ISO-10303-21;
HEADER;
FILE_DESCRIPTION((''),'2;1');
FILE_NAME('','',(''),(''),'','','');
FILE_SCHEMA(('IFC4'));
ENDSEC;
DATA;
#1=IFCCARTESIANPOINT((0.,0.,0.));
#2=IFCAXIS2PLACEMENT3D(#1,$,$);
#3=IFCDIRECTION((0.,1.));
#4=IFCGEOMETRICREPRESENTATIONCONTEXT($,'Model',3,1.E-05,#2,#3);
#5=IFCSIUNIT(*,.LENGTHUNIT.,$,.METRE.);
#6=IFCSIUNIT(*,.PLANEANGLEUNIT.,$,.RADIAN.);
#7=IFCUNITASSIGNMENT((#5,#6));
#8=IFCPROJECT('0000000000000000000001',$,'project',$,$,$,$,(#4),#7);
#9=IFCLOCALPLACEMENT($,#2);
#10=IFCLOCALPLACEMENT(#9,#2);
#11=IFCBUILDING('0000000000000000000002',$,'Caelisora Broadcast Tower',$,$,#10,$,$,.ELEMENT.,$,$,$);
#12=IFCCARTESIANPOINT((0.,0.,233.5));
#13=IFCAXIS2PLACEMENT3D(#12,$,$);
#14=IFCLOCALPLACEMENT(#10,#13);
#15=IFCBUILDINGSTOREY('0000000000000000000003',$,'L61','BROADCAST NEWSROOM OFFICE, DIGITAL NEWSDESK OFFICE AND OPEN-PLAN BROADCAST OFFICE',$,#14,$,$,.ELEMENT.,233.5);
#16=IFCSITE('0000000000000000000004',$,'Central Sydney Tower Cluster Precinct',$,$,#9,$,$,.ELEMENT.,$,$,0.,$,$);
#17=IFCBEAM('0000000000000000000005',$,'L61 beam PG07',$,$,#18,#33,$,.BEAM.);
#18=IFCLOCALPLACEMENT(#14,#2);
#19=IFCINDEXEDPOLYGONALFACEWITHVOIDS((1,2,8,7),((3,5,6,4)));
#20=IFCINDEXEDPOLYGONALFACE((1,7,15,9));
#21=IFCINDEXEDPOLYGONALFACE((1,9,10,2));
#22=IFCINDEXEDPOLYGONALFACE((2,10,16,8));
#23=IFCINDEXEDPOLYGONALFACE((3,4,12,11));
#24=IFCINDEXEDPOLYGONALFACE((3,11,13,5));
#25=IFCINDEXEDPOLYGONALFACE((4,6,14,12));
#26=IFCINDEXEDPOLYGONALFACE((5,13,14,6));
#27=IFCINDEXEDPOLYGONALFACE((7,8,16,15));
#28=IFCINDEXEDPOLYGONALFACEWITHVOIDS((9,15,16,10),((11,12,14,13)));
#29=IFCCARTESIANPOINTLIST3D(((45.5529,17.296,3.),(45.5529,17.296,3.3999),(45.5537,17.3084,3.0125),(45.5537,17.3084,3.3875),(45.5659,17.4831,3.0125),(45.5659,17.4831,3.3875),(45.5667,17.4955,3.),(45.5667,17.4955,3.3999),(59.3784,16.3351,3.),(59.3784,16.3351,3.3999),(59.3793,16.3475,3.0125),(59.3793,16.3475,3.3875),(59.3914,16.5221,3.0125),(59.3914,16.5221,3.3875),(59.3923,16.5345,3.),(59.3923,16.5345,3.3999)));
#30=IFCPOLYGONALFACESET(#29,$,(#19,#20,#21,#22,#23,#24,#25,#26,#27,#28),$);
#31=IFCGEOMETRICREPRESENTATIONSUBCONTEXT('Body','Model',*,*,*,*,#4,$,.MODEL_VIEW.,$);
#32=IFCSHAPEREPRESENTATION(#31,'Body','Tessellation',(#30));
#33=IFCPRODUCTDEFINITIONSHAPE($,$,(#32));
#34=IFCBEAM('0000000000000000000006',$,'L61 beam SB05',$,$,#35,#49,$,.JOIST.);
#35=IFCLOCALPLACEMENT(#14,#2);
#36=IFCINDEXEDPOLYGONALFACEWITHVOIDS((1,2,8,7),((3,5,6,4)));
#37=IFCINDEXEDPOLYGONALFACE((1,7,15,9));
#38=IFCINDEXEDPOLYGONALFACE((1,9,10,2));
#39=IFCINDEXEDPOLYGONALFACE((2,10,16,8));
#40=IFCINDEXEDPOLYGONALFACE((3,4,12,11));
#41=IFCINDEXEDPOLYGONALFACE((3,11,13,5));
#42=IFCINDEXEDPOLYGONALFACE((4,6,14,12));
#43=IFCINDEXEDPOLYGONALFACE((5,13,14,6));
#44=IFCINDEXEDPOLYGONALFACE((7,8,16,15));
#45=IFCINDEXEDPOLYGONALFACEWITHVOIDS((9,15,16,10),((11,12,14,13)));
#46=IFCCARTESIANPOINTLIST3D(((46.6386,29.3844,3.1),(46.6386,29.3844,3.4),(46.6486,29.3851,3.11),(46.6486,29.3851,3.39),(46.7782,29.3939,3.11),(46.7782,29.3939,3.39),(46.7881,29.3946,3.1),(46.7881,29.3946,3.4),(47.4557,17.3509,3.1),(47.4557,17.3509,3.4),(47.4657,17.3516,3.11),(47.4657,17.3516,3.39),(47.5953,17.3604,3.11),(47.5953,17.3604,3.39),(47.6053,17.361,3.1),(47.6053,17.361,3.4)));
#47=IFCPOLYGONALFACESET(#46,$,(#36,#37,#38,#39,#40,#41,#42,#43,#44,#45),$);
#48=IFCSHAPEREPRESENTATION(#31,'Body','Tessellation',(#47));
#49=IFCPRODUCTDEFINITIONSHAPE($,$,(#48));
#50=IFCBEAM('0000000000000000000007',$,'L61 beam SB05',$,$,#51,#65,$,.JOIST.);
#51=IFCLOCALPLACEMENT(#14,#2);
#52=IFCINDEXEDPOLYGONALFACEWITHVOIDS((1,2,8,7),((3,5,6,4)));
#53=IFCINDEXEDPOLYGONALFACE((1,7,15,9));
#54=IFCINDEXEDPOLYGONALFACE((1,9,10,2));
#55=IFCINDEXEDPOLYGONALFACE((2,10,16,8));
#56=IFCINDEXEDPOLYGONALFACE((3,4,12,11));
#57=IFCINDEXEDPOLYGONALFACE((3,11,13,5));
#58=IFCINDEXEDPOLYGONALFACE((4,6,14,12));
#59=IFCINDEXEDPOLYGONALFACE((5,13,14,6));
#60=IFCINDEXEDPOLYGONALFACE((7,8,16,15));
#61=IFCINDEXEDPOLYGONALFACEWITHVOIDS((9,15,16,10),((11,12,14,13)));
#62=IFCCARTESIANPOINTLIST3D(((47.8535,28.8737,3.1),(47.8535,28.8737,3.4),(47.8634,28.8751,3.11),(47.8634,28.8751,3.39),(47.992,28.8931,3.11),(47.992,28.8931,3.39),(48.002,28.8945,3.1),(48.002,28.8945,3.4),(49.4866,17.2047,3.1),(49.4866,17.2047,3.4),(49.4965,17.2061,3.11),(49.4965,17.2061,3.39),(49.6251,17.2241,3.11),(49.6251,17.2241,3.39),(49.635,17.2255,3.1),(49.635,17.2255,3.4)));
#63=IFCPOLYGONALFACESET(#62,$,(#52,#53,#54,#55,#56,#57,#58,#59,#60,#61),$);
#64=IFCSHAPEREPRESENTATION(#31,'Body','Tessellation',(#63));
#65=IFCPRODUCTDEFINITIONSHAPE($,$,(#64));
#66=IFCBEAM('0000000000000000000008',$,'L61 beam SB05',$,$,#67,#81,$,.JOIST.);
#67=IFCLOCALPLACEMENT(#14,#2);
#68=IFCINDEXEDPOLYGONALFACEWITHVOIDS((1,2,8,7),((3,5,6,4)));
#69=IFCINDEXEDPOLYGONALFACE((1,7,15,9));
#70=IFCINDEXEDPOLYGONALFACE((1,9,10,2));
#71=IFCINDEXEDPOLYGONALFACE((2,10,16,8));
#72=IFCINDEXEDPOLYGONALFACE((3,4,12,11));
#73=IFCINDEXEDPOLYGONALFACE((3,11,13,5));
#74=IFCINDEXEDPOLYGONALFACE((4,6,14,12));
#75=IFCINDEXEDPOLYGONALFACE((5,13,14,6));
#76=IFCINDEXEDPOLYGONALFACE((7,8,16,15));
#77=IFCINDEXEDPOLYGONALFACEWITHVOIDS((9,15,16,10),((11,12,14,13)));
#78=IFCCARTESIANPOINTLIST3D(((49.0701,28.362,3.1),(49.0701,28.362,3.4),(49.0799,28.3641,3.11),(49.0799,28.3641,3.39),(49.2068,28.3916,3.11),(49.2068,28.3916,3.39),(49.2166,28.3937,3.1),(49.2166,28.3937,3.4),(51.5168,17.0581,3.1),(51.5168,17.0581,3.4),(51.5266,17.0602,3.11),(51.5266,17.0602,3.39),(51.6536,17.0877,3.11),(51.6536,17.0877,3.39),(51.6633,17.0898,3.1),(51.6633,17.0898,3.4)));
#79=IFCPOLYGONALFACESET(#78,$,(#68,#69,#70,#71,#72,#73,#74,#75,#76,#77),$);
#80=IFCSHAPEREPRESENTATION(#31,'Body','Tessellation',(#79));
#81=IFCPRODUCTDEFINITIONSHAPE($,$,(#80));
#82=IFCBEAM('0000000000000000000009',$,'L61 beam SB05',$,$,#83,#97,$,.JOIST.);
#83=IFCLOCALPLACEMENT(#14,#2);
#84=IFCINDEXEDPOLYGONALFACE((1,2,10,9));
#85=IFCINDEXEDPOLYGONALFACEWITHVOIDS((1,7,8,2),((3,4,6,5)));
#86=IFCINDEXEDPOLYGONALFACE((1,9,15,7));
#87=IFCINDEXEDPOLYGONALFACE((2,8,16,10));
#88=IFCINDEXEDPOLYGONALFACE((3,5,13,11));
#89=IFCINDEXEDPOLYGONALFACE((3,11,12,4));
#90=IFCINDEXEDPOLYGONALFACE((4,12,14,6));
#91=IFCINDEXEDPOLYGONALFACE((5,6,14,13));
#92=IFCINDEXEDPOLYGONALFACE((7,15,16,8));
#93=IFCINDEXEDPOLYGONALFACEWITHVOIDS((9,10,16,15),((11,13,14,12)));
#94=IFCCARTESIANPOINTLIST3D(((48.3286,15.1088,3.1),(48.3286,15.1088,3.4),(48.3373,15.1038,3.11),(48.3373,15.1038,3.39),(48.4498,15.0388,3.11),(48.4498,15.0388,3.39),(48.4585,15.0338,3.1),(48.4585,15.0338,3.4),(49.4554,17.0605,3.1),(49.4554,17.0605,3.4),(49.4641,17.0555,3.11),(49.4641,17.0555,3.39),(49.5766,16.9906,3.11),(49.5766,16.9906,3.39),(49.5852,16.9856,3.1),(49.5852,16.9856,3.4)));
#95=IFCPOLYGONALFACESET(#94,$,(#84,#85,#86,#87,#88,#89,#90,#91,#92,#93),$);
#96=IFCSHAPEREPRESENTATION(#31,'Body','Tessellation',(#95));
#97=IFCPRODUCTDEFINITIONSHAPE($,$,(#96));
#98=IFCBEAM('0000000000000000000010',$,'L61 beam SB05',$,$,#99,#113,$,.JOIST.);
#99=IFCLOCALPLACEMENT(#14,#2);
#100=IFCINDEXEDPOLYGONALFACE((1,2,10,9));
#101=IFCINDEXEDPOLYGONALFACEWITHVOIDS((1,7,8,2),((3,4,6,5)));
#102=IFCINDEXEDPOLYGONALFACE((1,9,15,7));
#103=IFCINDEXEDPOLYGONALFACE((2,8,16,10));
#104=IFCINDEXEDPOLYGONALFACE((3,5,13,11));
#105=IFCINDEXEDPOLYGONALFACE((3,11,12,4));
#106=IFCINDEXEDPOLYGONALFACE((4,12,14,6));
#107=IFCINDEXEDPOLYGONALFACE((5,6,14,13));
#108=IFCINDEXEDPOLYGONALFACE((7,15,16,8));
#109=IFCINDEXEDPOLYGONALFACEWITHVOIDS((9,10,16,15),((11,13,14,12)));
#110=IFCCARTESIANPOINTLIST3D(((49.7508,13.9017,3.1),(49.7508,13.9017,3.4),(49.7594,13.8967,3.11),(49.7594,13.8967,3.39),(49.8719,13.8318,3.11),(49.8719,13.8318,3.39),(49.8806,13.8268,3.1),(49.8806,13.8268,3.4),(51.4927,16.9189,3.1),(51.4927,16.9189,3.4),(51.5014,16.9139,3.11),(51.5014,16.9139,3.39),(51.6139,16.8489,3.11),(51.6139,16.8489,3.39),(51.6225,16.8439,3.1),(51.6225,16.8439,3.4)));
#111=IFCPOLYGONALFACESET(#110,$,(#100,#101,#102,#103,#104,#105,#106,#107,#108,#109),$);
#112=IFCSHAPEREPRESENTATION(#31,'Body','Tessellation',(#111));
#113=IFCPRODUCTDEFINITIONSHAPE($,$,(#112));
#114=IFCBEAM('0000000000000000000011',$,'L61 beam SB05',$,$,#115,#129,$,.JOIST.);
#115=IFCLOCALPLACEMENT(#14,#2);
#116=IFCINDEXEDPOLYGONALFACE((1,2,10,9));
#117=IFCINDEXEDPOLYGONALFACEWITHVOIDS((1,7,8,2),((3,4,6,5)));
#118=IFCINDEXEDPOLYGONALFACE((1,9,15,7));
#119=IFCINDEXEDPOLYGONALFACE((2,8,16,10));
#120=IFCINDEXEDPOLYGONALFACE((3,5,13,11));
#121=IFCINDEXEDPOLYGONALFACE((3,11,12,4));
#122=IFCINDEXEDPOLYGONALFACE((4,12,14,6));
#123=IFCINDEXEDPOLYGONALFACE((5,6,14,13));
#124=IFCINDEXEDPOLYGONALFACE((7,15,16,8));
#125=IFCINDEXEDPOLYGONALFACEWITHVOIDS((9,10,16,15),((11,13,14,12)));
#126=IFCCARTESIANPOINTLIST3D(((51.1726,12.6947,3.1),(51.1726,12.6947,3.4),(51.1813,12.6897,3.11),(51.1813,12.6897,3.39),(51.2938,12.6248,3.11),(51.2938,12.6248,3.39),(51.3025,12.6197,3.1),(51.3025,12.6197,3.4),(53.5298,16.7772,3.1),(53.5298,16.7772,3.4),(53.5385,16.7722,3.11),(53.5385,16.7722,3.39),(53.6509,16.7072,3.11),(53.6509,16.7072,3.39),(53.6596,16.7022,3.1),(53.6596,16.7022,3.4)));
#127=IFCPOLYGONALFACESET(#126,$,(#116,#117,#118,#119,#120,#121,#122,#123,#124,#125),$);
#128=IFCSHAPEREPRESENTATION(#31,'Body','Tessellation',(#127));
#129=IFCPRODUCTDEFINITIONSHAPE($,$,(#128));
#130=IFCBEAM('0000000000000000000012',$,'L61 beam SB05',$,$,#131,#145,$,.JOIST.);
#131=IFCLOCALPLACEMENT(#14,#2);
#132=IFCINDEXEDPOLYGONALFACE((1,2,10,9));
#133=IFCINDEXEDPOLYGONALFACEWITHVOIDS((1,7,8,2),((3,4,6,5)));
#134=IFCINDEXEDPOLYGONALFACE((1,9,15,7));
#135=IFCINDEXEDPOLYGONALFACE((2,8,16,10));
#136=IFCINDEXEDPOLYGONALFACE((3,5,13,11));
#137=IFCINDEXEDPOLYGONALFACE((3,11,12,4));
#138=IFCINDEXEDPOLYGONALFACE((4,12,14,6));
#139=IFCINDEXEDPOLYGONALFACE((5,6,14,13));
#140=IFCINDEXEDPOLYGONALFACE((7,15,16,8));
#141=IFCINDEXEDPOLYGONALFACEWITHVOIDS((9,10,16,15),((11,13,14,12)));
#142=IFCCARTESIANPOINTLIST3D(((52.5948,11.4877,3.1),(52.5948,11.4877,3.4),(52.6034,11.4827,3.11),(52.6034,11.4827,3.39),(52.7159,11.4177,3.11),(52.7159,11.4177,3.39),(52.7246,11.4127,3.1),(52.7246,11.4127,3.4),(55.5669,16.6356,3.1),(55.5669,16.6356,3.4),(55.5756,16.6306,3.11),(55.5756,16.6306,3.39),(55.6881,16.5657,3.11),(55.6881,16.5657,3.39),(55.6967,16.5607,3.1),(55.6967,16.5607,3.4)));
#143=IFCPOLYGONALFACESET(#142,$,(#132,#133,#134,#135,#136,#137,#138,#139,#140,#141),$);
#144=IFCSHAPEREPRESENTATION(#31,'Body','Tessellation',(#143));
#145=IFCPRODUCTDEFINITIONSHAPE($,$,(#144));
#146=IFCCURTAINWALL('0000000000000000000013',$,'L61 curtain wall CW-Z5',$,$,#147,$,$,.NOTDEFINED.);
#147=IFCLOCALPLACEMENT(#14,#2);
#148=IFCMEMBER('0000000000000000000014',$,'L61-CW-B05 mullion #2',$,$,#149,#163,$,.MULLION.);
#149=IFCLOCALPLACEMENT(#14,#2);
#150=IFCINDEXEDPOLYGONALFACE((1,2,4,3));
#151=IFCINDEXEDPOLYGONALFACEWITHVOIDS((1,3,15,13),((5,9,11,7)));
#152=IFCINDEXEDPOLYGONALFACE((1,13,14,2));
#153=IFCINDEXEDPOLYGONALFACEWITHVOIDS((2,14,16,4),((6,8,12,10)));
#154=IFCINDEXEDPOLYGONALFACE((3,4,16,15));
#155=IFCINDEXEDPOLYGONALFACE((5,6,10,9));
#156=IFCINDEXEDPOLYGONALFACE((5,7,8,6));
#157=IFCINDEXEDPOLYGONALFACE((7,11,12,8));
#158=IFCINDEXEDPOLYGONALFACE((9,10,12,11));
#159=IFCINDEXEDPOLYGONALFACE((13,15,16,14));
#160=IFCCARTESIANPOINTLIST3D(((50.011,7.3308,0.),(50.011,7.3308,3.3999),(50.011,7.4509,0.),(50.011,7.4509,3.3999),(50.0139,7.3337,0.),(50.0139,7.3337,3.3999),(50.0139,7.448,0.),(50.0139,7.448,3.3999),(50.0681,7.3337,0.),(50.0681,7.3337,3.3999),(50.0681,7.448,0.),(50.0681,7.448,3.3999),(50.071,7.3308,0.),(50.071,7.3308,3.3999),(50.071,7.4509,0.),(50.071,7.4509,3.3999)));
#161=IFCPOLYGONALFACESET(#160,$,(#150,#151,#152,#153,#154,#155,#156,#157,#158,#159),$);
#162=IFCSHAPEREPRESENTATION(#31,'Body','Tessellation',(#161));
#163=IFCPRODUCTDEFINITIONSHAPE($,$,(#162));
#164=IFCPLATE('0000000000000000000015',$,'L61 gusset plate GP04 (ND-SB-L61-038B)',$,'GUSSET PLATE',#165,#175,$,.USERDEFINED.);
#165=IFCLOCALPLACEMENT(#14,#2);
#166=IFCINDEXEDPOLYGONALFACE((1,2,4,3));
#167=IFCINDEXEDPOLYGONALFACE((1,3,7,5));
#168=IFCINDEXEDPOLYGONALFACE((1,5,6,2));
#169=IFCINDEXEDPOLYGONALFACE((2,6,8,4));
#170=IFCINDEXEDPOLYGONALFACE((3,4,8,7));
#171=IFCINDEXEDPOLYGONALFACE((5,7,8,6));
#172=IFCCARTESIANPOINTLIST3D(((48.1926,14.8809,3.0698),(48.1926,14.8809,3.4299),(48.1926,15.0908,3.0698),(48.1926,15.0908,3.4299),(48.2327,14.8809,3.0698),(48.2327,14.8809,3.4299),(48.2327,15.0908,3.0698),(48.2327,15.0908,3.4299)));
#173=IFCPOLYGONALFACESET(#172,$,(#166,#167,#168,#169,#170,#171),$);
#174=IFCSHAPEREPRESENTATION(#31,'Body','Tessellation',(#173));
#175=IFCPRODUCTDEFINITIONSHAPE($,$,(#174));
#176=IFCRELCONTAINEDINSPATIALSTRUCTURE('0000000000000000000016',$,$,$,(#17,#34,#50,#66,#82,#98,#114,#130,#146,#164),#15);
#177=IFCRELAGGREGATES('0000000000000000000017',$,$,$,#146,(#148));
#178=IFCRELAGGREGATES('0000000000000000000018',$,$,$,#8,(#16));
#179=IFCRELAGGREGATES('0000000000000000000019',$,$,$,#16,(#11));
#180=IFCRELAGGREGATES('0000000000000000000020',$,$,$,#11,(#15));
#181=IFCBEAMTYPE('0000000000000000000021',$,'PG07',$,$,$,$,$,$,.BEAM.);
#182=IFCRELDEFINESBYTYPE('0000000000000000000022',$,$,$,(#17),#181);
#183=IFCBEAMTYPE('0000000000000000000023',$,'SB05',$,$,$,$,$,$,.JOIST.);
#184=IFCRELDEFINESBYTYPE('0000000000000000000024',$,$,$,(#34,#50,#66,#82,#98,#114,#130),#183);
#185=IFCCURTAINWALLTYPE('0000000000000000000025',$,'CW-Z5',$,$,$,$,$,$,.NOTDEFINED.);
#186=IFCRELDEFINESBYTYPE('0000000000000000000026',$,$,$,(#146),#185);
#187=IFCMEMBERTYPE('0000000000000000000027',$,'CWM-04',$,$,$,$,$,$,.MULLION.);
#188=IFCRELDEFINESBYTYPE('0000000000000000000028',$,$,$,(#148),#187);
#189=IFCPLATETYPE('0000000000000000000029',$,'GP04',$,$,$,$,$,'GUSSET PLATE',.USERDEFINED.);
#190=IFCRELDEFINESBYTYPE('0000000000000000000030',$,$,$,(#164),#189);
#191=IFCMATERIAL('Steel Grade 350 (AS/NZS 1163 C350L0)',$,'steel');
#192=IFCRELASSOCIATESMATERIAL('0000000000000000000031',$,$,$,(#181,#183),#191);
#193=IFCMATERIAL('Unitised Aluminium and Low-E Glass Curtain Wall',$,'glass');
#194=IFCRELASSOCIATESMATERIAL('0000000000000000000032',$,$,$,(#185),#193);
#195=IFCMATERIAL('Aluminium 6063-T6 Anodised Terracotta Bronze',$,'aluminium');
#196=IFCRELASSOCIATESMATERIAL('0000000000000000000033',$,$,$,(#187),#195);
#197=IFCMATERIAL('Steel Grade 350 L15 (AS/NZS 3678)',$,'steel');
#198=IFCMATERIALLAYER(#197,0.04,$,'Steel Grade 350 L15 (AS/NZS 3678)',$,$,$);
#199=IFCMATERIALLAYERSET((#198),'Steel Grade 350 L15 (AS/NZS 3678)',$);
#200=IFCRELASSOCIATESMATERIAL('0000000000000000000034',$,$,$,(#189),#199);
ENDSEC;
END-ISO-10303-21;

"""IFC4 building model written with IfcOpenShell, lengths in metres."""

from ifc_helpers import new_model, si_unit, direction, frame, origin, origin_2d, place, context, subcontext, project, spatial, rectangle, hollow_rectangle, extrude, source, transform, mapped, material, layer, layer_set, material_profile, profile_set, type_object, type_shapes, element, aggregate, save


model = new_model("IFC4")

# Units and contexts
model_context = context("Model", 3, precision=1e-05, world=origin(), true_north=direction((0.0, 1.0)))
body_context = subcontext(model_context, "Body", "Model", "MODEL_VIEW")
ifc_project = project(units=[si_unit("LENGTHUNIT", "METRE"), si_unit("PLANEANGLEUNIT", "RADIAN")], contexts=[model_context])

# Site, building, storey
site_placement = place(None, origin())
site = spatial("IfcSite", under=ifc_project, at=site_placement, Name="Central Sydney Tower Cluster Precinct", CompositionType="ELEMENT", RefElevation=0.0)
building_placement = place(site_placement, origin())
building = spatial("IfcBuilding", under=site, at=building_placement, Name="Caelisora Broadcast Tower", CompositionType="ELEMENT")
storey_placement = place(building_placement, frame((0.0, 0.0, 233.5)))
storey = spatial("IfcBuildingStorey", under=building, at=storey_placement, Name="L61", Description="BROADCAST NEWSROOM OFFICE, DIGITAL NEWSDESK OFFICE AND OPEN-PLAN BROADCAST OFFICE", CompositionType="ELEMENT", Elevation=233.5)

# Beams
ifc_material_1 = material(Name="Steel Grade 350 (AS/NZS 1163 C350L0)", Category="steel")
ifc_material_profile_1 = material_profile(ifc_material_1, hollow_rectangle(XDim=0.2, YDim=0.3999, WallThickness=0.0125, at=origin_2d()), Name="Steel Grade 350 (AS/NZS 1163 C350L0)")
ifc_profile_set_1 = profile_set([ifc_material_profile_1], Name="Steel Grade 350 (AS/NZS 1163 C350L0)")
beam_type_1 = type_object("IfcBeamType", Name="PG07", PredefinedType="BEAM", material=ifc_profile_set_1)
shared_shape_1 = source(origin(), body_context, "Body", "SweptSolid", [
    extrude(hollow_rectangle(XDim=0.2, YDim=0.3999, WallThickness=0.0125, at=origin_2d()), origin(), (0.0, 0.0, 1.0), 13.8589),
])
type_shapes(beam_type_1, [shared_shape_1])
beam_1_placement = place(storey_placement, frame((45.5598, 17.3958, 3.2), z_axis=(0.997593, -0.069338, 0.0), x_axis=(0.069338, 0.997593, 0.0)))
element("IfcBeam", 1, at=beam_1_placement, inside=storey, type_object=beam_type_1, Name="L61 beam PG07", PredefinedType="BEAM", context=body_context, shape_type="MappedRepresentation", body=[
    mapped(shared_shape_1, transform((0.0, 0.0, 0.0), scale=1.0)),
])
ifc_material_profile_2 = material_profile(ifc_material_1, hollow_rectangle(XDim=0.1499, YDim=0.3, WallThickness=0.01, at=origin_2d()), Name="Steel Grade 350 (AS/NZS 1163 C350L0)")
ifc_profile_set_2 = profile_set([ifc_material_profile_2], Name="Steel Grade 350 (AS/NZS 1163 C350L0)")
beam_type_2 = type_object("IfcBeamType", Name="SB05", PredefinedType="JOIST", material=ifc_profile_set_2)
shared_shape_2 = source(origin(), body_context, "Body", "SweptSolid", [
    extrude(hollow_rectangle(XDim=0.1499, YDim=0.3, WallThickness=0.01, at=origin_2d()), origin(), (0.0, 0.0, 1.0), 12.0613),
])
beam_2_placement = place(storey_placement, frame((47.5305, 17.356, 3.25), z_axis=(-0.06775, 0.997702, 0.0), x_axis=(-0.997702, -0.06775, 0.0)))
element("IfcBeam", 2, at=beam_2_placement, inside=storey, type_object=beam_type_2, Name="L61 beam SB05", PredefinedType="JOIST", context=body_context, shape_type="MappedRepresentation", body=[
    mapped(shared_shape_2, transform((0.0, 0.0, 0.0), scale=1.0)),
])
shared_shape_3 = source(origin(), body_context, "Body", "SweptSolid", [
    extrude(hollow_rectangle(XDim=0.1499, YDim=0.3, WallThickness=0.01, at=origin_2d()), origin(), (0.0, 0.0, 1.0), 11.7827),
])
beam_3_placement = place(storey_placement, frame((49.5608, 17.2151, 3.25), z_axis=(-0.138598, 0.990349, 0.0), x_axis=(-0.990349, -0.138598, 0.0)))
element("IfcBeam", 3, at=beam_3_placement, inside=storey, type_object=beam_type_2, Name="L61 beam SB05", PredefinedType="JOIST", context=body_context, shape_type="MappedRepresentation", body=[
    mapped(shared_shape_3, transform((0.0, 0.0, 0.0), scale=1.0)),
])
shared_shape_4 = source(origin(), body_context, "Body", "SweptSolid", [
    extrude(hollow_rectangle(XDim=0.1499, YDim=0.3, WallThickness=0.01, at=origin_2d()), origin(), (0.0, 0.0, 1.0), 11.5657),
])
beam_4_placement = place(storey_placement, frame((51.5901, 17.074, 3.25), z_axis=(-0.211554, 0.977366, 0.0), x_axis=(-0.977366, -0.211554, 0.0)))
element("IfcBeam", 4, at=beam_4_placement, inside=storey, type_object=beam_type_2, Name="L61 beam SB05", PredefinedType="JOIST", context=body_context, shape_type="MappedRepresentation", body=[
    mapped(shared_shape_4, transform((0.0, 0.0, 0.0), scale=1.0)),
])
shared_shape_5 = source(origin(), body_context, "Body", "SweptSolid", [
    extrude(hollow_rectangle(XDim=0.1499, YDim=0.3, WallThickness=0.01, at=origin_2d()), origin(), (0.0, 0.0, 1.0), 2.2537),
])
beam_5_placement = place(storey_placement, frame((48.3936, 15.0713, 3.25), z_axis=(0.499973, 0.866041, 0.0), x_axis=(-0.866041, 0.499973, 0.0)))
element("IfcBeam", 5, at=beam_5_placement, inside=storey, type_object=beam_type_2, Name="L61 beam SB05", PredefinedType="JOIST", context=body_context, shape_type="MappedRepresentation", body=[
    mapped(shared_shape_5, transform((0.0, 0.0, 0.0), scale=1.0)),
])
shared_shape_6 = source(origin(), body_context, "Body", "SweptSolid", [
    extrude(hollow_rectangle(XDim=0.1499, YDim=0.3, WallThickness=0.01, at=origin_2d()), origin(), (0.0, 0.0, 1.0), 3.4839),
])
beam_6_placement = place(storey_placement, frame((49.8157, 13.8643, 3.25), z_axis=(0.500006, 0.866022, 0.0), x_axis=(-0.866022, 0.500006, 0.0)))
element("IfcBeam", 6, at=beam_6_placement, inside=storey, type_object=beam_type_2, Name="L61 beam SB05", PredefinedType="JOIST", context=body_context, shape_type="MappedRepresentation", body=[
    mapped(shared_shape_6, transform((0.0, 0.0, 0.0), scale=1.0)),
])
shared_shape_7 = source(origin(), body_context, "Body", "SweptSolid", [
    extrude(hollow_rectangle(XDim=0.1499, YDim=0.3, WallThickness=0.01, at=origin_2d()), origin(), (0.0, 0.0, 1.0), 4.7141),
])
beam_7_placement = place(storey_placement, frame((51.2375, 12.6572, 3.25), z_axis=(0.500021, 0.866013, 0.0), x_axis=(-0.866013, 0.500021, 0.0)))
element("IfcBeam", 7, at=beam_7_placement, inside=storey, type_object=beam_type_2, Name="L61 beam SB05", PredefinedType="JOIST", context=body_context, shape_type="MappedRepresentation", body=[
    mapped(shared_shape_7, transform((0.0, 0.0, 0.0), scale=1.0)),
])
shared_shape_8 = source(origin(), body_context, "Body", "SweptSolid", [
    extrude(hollow_rectangle(XDim=0.1499, YDim=0.3, WallThickness=0.01, at=origin_2d()), origin(), (0.0, 0.0, 1.0), 5.9443),
])
type_shapes(beam_type_2, [shared_shape_2, shared_shape_3, shared_shape_4, shared_shape_5, shared_shape_6, shared_shape_7, shared_shape_8])
beam_8_placement = place(storey_placement, frame((52.6597, 11.4502, 3.25), z_axis=(0.5, 0.866026, 0.0), x_axis=(-0.866026, 0.5, 0.0)))
element("IfcBeam", 8, at=beam_8_placement, inside=storey, type_object=beam_type_2, Name="L61 beam SB05", PredefinedType="JOIST", context=body_context, shape_type="MappedRepresentation", body=[
    mapped(shared_shape_8, transform((0.0, 0.0, 0.0), scale=1.0)),
])

# Curtain wall, member
ifc_material_2 = material(Name="Unitised Aluminium and Low-E Glass Curtain Wall", Category="glass")
curtain_wall_type = type_object("IfcCurtainWallType", Name="CW-Z5", PredefinedType="NOTDEFINED", material=ifc_material_2)
curtain_wall_placement = place(storey_placement, origin())
curtain_wall = element("IfcCurtainWall", 9, at=curtain_wall_placement, inside=storey, type_object=curtain_wall_type, Name="L61 curtain wall CW-Z5", PredefinedType="NOTDEFINED")
ifc_material_3 = material(Name="Aluminium 6063-T6 Anodised Terracotta Bronze", Category="aluminium")
ifc_material_profile_3 = material_profile(ifc_material_3, hollow_rectangle(XDim=0.0601, YDim=0.1201, WallThickness=0.0029, at=origin_2d()), Name="Aluminium 6063-T6 Anodised Terracotta Bronze")
ifc_profile_set_3 = profile_set([ifc_material_profile_3], Name="Aluminium 6063-T6 Anodised Terracotta Bronze")
member_type = type_object("IfcMemberType", Name="CWM-04", PredefinedType="MULLION", material=ifc_profile_set_3)
shared_shape_9 = source(origin(), body_context, "Body", "SweptSolid", [
    extrude(hollow_rectangle(XDim=0.0601, YDim=0.1201, WallThickness=0.0029, at=origin_2d()), origin(), (0.0, 0.0, 1.0), 3.3999),
])
type_shapes(member_type, [shared_shape_9])
member_placement = place(storey_placement, frame((50.041, 7.3909, 0.0), z_axis=(0.0, 0.0, 1.0), x_axis=(1.0, 0.0, 0.0)))
member = element("IfcMember", 10, at=member_placement, type_object=member_type, Name="L61-CW-B05 mullion #2", PredefinedType="MULLION", context=body_context, shape_type="MappedRepresentation", body=[
    mapped(shared_shape_9, transform((0.0, 0.0, 0.0), scale=1.0)),
])

# Plate
ifc_material_4 = material(Name="Steel Grade 350 L15 (AS/NZS 3678)", Category="steel")
ifc_layer_1 = layer(ifc_material_4, 0.04, Name="Steel Grade 350 L15 (AS/NZS 3678)")
ifc_layer_set_1 = layer_set([ifc_layer_1], Name="Steel Grade 350 L15 (AS/NZS 3678)")
plate_type_1 = type_object("IfcPlateType", Name="GP04", ElementType="GUSSET PLATE", PredefinedType="USERDEFINED", material=ifc_layer_set_1)
shared_shape_10 = source(origin(), body_context, "Body", "SweptSolid", [
    extrude(rectangle(XDim=0.21, YDim=0.04, at=origin_2d()), origin(), (0.0, 0.0, 1.0), 0.3601),
])
type_shapes(plate_type_1, [shared_shape_10])
for number, where, z_axis, x_axis, name in (
    (11, (48.2126, 14.9858, 3.0698), (0.0, 0.0, 1.0), (0.0, 1.0, 0.0), "L61 gusset plate GP04 (ND-SB-L61-038B)"),
):
    element("IfcPlate", number, at=place(storey_placement, frame(where, z_axis=z_axis, x_axis=x_axis)), inside=storey, type_object=plate_type_1, Name=name, ObjectType="GUSSET PLATE", PredefinedType="USERDEFINED", context=body_context, shape_type="MappedRepresentation", body=[
        mapped(shared_shape_10, transform((0.0, 0.0, 0.0), scale=1.0)),
    ])

aggregate(curtain_wall, [member])

save(model, "model.ifc")
